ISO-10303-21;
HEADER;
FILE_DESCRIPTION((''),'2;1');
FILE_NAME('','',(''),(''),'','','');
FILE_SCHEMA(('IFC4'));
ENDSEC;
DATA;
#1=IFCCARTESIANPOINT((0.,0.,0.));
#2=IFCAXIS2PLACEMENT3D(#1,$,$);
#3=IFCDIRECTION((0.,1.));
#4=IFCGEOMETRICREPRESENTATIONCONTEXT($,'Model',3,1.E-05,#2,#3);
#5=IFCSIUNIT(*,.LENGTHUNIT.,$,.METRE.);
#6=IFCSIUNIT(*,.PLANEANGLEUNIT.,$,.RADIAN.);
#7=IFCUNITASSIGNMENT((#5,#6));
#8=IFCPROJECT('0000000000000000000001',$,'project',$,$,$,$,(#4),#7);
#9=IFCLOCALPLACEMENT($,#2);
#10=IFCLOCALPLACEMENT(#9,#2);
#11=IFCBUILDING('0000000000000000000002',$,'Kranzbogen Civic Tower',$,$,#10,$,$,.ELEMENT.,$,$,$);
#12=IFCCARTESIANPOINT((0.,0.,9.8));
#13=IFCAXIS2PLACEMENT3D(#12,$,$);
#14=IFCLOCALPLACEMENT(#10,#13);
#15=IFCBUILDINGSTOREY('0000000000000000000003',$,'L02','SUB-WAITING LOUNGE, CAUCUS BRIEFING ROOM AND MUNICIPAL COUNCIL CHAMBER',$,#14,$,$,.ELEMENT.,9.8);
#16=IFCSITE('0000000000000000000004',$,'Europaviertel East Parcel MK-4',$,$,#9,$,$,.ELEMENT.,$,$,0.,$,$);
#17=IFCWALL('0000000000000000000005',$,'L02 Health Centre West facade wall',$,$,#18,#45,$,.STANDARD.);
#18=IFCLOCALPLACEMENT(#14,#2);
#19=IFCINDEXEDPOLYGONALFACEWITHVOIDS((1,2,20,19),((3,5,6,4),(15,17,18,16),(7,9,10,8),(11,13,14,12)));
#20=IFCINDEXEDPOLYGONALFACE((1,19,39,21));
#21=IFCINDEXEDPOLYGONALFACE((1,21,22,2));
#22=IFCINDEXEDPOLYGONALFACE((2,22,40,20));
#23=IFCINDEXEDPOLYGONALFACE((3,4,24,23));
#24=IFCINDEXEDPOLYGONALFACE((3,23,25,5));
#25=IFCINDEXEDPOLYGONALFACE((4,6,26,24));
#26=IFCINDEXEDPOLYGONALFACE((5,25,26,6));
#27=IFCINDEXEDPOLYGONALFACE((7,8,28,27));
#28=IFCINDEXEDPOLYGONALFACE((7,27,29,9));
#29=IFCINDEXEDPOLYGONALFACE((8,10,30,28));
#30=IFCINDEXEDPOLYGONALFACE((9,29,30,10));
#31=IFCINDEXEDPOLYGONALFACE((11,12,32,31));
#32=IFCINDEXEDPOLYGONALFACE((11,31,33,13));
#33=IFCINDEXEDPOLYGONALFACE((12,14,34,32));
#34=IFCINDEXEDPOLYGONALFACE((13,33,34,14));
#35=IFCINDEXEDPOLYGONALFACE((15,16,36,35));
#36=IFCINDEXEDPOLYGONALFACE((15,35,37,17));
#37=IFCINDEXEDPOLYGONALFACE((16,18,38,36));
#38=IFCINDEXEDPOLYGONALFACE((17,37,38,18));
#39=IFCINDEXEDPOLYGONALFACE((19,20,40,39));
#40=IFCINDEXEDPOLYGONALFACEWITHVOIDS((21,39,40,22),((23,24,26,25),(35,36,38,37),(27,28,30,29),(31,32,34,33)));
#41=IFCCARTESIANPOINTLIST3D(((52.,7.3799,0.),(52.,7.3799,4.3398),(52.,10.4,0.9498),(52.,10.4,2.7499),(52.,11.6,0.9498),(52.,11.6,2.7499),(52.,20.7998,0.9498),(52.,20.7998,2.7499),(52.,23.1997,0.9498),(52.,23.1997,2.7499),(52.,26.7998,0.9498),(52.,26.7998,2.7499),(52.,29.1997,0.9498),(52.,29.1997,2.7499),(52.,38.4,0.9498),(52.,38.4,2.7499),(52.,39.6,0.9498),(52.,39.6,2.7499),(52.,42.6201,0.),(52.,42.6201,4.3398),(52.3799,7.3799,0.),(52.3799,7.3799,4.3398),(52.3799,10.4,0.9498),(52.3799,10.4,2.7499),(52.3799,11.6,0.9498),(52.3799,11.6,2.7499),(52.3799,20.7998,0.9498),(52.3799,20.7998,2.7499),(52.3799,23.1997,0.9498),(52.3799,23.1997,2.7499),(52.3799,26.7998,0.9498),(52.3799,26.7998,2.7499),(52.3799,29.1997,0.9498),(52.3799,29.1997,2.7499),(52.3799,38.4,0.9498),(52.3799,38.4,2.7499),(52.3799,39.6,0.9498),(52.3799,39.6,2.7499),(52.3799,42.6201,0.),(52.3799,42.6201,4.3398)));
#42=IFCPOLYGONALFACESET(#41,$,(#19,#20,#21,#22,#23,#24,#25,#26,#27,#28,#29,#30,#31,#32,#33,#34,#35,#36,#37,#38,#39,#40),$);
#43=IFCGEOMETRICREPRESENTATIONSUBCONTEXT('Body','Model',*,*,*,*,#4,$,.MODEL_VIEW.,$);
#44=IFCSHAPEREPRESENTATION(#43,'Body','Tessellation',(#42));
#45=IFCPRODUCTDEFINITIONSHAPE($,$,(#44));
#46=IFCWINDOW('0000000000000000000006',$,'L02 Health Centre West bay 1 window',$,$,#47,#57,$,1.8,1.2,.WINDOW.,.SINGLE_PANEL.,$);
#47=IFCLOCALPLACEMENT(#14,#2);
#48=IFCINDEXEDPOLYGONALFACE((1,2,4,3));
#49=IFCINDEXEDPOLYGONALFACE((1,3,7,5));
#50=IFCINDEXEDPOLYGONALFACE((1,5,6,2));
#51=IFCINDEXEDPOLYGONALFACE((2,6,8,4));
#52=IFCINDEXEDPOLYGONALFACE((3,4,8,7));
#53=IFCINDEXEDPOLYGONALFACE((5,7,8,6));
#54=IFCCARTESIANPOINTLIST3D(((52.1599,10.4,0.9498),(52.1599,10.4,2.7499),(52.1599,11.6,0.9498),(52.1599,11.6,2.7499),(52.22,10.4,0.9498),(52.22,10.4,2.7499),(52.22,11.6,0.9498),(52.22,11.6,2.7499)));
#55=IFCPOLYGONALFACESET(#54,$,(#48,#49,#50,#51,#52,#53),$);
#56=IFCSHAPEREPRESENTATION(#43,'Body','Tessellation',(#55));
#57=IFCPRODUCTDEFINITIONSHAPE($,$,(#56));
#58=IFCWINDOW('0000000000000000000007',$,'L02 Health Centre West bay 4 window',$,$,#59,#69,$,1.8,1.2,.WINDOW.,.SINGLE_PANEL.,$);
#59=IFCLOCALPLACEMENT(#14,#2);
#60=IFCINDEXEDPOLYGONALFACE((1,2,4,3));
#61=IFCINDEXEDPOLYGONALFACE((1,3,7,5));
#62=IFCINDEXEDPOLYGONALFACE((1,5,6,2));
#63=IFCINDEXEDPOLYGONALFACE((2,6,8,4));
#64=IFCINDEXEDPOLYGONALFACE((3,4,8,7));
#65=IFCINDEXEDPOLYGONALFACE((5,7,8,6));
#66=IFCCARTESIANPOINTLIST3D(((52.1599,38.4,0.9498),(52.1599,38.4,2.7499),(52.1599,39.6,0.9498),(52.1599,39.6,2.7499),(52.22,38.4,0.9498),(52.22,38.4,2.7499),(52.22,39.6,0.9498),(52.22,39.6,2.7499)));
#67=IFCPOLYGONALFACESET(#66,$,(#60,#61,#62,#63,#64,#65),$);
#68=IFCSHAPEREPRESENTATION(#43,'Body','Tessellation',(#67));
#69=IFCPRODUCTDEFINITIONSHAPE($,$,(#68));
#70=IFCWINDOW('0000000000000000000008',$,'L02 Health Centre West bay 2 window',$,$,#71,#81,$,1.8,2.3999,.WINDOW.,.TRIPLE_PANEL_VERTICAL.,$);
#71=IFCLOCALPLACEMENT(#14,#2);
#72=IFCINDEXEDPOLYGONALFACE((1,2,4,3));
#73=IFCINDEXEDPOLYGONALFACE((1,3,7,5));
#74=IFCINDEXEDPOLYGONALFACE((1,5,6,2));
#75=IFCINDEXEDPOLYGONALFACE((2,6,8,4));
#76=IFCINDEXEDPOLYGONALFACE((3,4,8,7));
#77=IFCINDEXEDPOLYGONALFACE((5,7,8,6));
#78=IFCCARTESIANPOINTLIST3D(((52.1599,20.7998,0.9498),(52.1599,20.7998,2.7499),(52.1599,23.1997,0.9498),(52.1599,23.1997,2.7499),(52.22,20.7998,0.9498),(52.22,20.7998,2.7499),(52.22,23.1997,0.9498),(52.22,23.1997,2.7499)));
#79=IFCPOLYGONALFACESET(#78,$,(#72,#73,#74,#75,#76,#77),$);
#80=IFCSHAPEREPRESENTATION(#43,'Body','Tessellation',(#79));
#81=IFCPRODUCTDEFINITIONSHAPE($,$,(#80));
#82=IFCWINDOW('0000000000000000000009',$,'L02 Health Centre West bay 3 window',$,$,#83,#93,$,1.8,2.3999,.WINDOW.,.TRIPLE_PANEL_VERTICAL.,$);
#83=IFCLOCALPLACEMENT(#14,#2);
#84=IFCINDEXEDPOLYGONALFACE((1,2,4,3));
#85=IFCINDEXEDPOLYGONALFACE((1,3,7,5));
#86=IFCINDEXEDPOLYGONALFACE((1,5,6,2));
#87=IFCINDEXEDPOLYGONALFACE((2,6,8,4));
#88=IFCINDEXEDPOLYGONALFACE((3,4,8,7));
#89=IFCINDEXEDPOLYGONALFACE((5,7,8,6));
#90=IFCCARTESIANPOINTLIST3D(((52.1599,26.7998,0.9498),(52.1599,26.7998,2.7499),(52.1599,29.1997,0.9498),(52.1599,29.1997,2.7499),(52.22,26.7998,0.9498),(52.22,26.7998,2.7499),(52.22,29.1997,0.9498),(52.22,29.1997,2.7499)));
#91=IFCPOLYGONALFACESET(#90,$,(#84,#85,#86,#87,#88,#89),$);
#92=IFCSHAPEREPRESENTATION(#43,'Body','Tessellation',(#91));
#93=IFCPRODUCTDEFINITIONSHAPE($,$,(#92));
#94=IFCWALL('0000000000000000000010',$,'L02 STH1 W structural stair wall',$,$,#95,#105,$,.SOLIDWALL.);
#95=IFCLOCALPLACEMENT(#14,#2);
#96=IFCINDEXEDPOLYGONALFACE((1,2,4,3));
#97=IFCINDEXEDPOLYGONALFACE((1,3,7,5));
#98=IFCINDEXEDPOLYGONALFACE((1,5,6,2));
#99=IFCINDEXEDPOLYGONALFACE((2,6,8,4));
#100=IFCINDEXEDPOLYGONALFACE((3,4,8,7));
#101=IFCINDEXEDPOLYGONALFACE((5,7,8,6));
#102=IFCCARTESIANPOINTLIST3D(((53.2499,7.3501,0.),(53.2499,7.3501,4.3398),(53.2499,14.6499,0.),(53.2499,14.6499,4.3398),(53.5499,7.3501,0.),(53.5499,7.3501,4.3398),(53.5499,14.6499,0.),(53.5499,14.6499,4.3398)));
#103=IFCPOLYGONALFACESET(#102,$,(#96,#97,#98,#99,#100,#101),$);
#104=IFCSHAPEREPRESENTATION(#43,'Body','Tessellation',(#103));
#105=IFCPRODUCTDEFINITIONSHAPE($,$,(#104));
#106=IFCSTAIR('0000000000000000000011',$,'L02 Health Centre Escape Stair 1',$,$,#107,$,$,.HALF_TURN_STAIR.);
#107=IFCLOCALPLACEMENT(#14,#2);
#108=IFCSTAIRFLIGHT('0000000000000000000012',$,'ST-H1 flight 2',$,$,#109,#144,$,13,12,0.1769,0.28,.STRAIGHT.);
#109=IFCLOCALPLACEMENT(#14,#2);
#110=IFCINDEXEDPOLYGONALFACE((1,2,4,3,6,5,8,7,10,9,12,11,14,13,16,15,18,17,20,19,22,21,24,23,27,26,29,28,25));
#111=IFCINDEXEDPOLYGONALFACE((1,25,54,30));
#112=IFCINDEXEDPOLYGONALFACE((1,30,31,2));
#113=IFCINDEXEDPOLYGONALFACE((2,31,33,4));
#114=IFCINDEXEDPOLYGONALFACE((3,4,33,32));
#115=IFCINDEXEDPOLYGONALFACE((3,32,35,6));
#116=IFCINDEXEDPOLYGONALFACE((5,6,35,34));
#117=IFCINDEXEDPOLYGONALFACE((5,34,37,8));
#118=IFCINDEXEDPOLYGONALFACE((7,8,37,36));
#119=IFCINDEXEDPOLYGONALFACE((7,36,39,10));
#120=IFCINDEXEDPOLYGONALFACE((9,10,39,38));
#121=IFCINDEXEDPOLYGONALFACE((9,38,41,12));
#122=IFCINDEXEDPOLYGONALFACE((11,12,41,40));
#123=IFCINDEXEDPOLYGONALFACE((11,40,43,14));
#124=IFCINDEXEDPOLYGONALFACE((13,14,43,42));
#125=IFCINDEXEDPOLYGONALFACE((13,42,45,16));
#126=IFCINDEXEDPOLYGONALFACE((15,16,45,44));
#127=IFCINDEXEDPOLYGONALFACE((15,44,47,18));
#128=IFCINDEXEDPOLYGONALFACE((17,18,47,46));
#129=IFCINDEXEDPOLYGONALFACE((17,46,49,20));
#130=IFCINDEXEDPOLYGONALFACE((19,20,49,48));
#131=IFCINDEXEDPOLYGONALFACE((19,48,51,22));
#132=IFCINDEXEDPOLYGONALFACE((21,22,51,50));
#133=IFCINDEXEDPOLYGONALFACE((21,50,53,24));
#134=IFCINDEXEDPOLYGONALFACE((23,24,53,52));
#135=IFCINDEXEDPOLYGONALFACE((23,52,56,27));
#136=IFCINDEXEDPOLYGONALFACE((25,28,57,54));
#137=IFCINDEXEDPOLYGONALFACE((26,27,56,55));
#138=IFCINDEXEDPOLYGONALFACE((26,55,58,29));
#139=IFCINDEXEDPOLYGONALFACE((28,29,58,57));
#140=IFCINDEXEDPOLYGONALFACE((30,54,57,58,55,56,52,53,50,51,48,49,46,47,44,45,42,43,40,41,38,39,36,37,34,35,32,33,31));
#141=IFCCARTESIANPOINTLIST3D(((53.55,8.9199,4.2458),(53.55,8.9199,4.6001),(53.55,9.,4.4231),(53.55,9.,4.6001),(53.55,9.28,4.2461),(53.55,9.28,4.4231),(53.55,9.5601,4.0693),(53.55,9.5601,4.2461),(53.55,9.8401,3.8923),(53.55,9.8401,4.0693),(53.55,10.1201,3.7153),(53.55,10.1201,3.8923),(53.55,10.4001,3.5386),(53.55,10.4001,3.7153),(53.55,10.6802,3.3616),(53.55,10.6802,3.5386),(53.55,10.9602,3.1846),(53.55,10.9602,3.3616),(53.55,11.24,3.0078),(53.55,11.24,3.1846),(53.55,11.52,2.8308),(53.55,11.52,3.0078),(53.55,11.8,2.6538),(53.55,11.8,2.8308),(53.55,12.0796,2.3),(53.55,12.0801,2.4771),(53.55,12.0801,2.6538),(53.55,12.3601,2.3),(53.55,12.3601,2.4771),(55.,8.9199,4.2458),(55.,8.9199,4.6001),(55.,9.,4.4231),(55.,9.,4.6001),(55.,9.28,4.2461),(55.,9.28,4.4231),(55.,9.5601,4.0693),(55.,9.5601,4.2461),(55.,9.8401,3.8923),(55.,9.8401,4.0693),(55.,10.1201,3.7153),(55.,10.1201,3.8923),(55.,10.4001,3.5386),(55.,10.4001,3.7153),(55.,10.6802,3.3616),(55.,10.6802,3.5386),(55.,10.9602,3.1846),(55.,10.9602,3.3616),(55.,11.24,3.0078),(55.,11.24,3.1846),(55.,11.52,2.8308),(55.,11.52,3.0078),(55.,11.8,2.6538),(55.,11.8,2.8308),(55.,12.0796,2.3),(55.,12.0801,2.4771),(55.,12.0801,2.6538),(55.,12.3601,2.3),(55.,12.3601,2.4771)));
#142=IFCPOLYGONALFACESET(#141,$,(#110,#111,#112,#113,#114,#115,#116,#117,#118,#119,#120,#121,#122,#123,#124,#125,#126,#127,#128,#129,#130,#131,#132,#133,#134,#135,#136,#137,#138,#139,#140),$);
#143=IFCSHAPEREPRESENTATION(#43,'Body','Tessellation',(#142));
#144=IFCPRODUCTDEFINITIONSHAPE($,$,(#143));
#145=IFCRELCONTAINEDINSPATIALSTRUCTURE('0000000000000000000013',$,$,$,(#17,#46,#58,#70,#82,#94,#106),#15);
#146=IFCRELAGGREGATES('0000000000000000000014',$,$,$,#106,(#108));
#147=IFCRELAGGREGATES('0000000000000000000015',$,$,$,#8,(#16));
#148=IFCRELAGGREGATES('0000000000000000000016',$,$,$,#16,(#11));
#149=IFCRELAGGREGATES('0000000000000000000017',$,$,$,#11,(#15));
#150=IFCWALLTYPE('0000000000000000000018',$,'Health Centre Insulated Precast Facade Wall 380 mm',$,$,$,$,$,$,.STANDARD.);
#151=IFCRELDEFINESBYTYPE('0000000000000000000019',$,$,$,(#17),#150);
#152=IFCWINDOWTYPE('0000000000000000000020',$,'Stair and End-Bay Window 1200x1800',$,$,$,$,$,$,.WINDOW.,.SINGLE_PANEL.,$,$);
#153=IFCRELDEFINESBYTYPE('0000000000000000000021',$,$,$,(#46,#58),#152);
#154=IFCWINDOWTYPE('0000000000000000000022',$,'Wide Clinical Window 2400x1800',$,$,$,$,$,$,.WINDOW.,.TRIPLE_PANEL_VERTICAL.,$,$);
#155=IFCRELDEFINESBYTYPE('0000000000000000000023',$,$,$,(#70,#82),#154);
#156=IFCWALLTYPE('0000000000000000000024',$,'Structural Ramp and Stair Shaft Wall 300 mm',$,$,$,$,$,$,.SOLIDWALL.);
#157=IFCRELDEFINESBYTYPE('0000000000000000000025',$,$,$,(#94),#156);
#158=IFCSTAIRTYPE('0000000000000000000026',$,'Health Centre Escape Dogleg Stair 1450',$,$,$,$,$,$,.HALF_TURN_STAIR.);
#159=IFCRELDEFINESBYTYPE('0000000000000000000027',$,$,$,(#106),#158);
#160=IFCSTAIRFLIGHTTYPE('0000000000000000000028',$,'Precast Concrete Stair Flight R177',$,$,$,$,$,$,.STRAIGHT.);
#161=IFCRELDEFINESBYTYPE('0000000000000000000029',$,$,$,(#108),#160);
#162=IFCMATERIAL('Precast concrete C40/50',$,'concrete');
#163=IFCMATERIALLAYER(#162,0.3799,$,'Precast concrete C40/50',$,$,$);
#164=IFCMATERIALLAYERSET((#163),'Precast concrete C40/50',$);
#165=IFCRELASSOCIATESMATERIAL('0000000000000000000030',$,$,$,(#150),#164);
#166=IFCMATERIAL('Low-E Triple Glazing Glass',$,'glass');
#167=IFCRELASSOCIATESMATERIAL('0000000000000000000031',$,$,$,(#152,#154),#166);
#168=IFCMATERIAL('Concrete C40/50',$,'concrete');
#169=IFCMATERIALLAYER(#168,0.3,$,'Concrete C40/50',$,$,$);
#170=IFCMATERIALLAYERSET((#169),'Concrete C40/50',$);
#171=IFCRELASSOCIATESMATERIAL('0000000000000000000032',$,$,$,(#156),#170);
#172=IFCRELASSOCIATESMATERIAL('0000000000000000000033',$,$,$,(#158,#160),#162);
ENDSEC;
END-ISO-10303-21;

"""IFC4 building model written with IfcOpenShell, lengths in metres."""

from ifc_helpers import new_model, si_unit, direction, frame, frame_2d, origin, place, context, subcontext, project, spatial, polyline, rectangle, outline, extrude, material, layer, layer_set, type_object, element, fill, aggregate, save


model = new_model("IFC4")

# Units and contexts
model_context = context("Model", 3, precision=1e-05, world=origin(), true_north=direction((0.0, 1.0)))
body_context = subcontext(model_context, "Body", "Model", "MODEL_VIEW")
ifc_project = project(units=[si_unit("LENGTHUNIT", "METRE"), si_unit("PLANEANGLEUNIT", "RADIAN")], contexts=[model_context])

# Site, building, storey
site_placement = place(None, origin())
site = spatial("IfcSite", under=ifc_project, at=site_placement, Name="Europaviertel East Parcel MK-4", CompositionType="ELEMENT", RefElevation=0.0)
building_placement = place(site_placement, origin())
building = spatial("IfcBuilding", under=site, at=building_placement, Name="Kranzbogen Civic Tower", CompositionType="ELEMENT")
storey_placement = place(building_placement, frame((0.0, 0.0, 9.8)))
storey = spatial("IfcBuildingStorey", under=building, at=storey_placement, Name="L02", Description="SUB-WAITING LOUNGE, CAUCUS BRIEFING ROOM AND MUNICIPAL COUNCIL CHAMBER", CompositionType="ELEMENT", Elevation=9.8)

# Shared definitions
ifc_material_1 = material(Name="Concrete C40/50", Category="concrete")

# Shared definitions
ifc_material_2 = material(Name="Low-E Triple Glazing Glass", Category="glass")

# Wall, openings, windows
ifc_material_3 = material(Name="Precast concrete C40/50", Category="concrete")
ifc_layer_1 = layer(ifc_material_3, 0.3799, Name="Precast concrete C40/50")
ifc_layer_set_1 = layer_set([ifc_layer_1], Name="Precast concrete C40/50")
wall_type_1 = type_object("IfcWallType", Name="Health Centre Insulated Precast Facade Wall 380 mm", PredefinedType="STANDARD", material=ifc_layer_set_1)
wall_1_placement = place(storey_placement, frame((52.1899, 7.3799, 0.0), z_axis=(0.0, 0.0, 1.0), x_axis=(0.0, 1.0, 0.0)))
wall_1 = element("IfcWall", 1, at=wall_1_placement, inside=storey, type_object=wall_type_1, Name="L02 Health Centre West facade wall", PredefinedType="STANDARD", context=body_context, shape_type="SweptSolid", body=[
    extrude(rectangle(XDim=35.2402, YDim=0.3799, at=frame_2d((17.6201, 0.0))), origin(), (0.0, 0.0, 1.0), 4.3398),
])
opening_1_placement = place(wall_1_placement, frame((3.02, 0.0, 0.95)))
opening_1 = element("IfcOpeningElement", 2, at=opening_1_placement, cuts=wall_1, PredefinedType="OPENING", context=body_context, shape_type="SweptSolid", body=[
    extrude(rectangle(XDim=1.2, YDim=1.8, at=frame_2d((0.6001, 0.8999))), frame((0.0, 0.2, 0.0), z_axis=(0.0, -1.0, 0.0), x_axis=(1.0, 0.0, 0.0)), (0.0, 0.0, 1.0), 0.3999),
])
opening_2_placement = place(wall_1_placement, frame((13.4199, 0.0, 0.95)))
opening_2 = element("IfcOpeningElement", 3, at=opening_2_placement, cuts=wall_1, PredefinedType="OPENING", context=body_context, shape_type="SweptSolid", body=[
    extrude(rectangle(XDim=2.3999, YDim=1.8, at=frame_2d((1.2, 0.8999))), frame((0.0, 0.2, 0.0), z_axis=(0.0, -1.0, 0.0), x_axis=(1.0, 0.0, 0.0)), (0.0, 0.0, 1.0), 0.3999),
])
opening_3_placement = place(wall_1_placement, frame((19.4199, 0.0, 0.95)))
opening_3 = element("IfcOpeningElement", 4, at=opening_3_placement, cuts=wall_1, PredefinedType="OPENING", context=body_context, shape_type="SweptSolid", body=[
    extrude(rectangle(XDim=2.3999, YDim=1.8, at=frame_2d((1.2, 0.8999))), frame((0.0, 0.2, 0.0), z_axis=(0.0, -1.0, 0.0), x_axis=(1.0, 0.0, 0.0)), (0.0, 0.0, 1.0), 0.3999),
])
opening_4_placement = place(wall_1_placement, frame((31.02, 0.0, 0.95)))
opening_4 = element("IfcOpeningElement", 5, at=opening_4_placement, cuts=wall_1, PredefinedType="OPENING", context=body_context, shape_type="SweptSolid", body=[
    extrude(rectangle(XDim=1.2, YDim=1.8, at=frame_2d((0.6001, 0.8999))), frame((0.0, 0.2, 0.0), z_axis=(0.0, -1.0, 0.0), x_axis=(1.0, 0.0, 0.0)), (0.0, 0.0, 1.0), 0.3999),
])
window_type_1 = type_object("IfcWindowType", Name="Stair and End-Bay Window 1200x1800", PartitioningType="SINGLE_PANEL", PredefinedType="WINDOW", material=ifc_material_2)
window_1_placement = place(opening_1_placement, origin())
window_1 = element("IfcWindow", 6, at=window_1_placement, inside=storey, type_object=window_type_1, Name="L02 Health Centre West bay 1 window", OverallHeight=1.8, OverallWidth=1.2, PartitioningType="SINGLE_PANEL", PredefinedType="WINDOW", context=body_context, shape_type="SweptSolid", body=[
    extrude(rectangle(XDim=1.2, YDim=1.8, at=frame_2d((0.6001, 0.8999))), frame((0.0, 0.03, 0.0), z_axis=(0.0, -1.0, 0.0), x_axis=(1.0, 0.0, 0.0)), (0.0, 0.0, 1.0), 0.0601),
])
fill(opening_1, window_1)
window_2_placement = place(opening_4_placement, origin())
window_2 = element("IfcWindow", 7, at=window_2_placement, inside=storey, type_object=window_type_1, Name="L02 Health Centre West bay 4 window", OverallHeight=1.8, OverallWidth=1.2, PartitioningType="SINGLE_PANEL", PredefinedType="WINDOW", context=body_context, shape_type="SweptSolid", body=[
    extrude(rectangle(XDim=1.2, YDim=1.8, at=frame_2d((0.6001, 0.8999))), frame((0.0, 0.03, 0.0), z_axis=(0.0, -1.0, 0.0), x_axis=(1.0, 0.0, 0.0)), (0.0, 0.0, 1.0), 0.0601),
])
fill(opening_4, window_2)
window_type_2 = type_object("IfcWindowType", Name="Wide Clinical Window 2400x1800", PartitioningType="TRIPLE_PANEL_VERTICAL", PredefinedType="WINDOW", material=ifc_material_2)
window_3_placement = place(opening_2_placement, origin())
window_3 = element("IfcWindow", 8, at=window_3_placement, inside=storey, type_object=window_type_2, Name="L02 Health Centre West bay 2 window", OverallHeight=1.8, OverallWidth=2.3999, PartitioningType="TRIPLE_PANEL_VERTICAL", PredefinedType="WINDOW", context=body_context, shape_type="SweptSolid", body=[
    extrude(rectangle(XDim=2.3999, YDim=1.8, at=frame_2d((1.2, 0.8999))), frame((0.0, 0.03, 0.0), z_axis=(0.0, -1.0, 0.0), x_axis=(1.0, 0.0, 0.0)), (0.0, 0.0, 1.0), 0.0601),
])
fill(opening_2, window_3)
window_4_placement = place(opening_3_placement, origin())
window_4 = element("IfcWindow", 9, at=window_4_placement, inside=storey, type_object=window_type_2, Name="L02 Health Centre West bay 3 window", OverallHeight=1.8, OverallWidth=2.3999, PartitioningType="TRIPLE_PANEL_VERTICAL", PredefinedType="WINDOW", context=body_context, shape_type="SweptSolid", body=[
    extrude(rectangle(XDim=2.3999, YDim=1.8, at=frame_2d((1.2, 0.8999))), frame((0.0, 0.03, 0.0), z_axis=(0.0, -1.0, 0.0), x_axis=(1.0, 0.0, 0.0)), (0.0, 0.0, 1.0), 0.0601),
])
fill(opening_3, window_4)

# Wall
ifc_layer_2 = layer(ifc_material_1, 0.3, Name="Concrete C40/50")
ifc_layer_set_2 = layer_set([ifc_layer_2], Name="Concrete C40/50")
wall_type_2 = type_object("IfcWallType", Name="Structural Ramp and Stair Shaft Wall 300 mm", PredefinedType="SOLIDWALL", material=ifc_layer_set_2)
wall_2_placement = place(storey_placement, frame((53.3999, 7.3501, 0.0), z_axis=(0.0, 0.0, 1.0), x_axis=(0.0, 1.0, 0.0)))
element("IfcWall", 10, at=wall_2_placement, inside=storey, type_object=wall_type_2, Name="L02 STH1 W structural stair wall", PredefinedType="SOLIDWALL", context=body_context, shape_type="SweptSolid", body=[
    extrude(rectangle(XDim=7.2998, YDim=0.3, at=frame_2d((3.6499, 0.0))), origin(), (0.0, 0.0, 1.0), 4.3398),
])

# Stair, stair flight
stair_type = type_object("IfcStairType", Name="Health Centre Escape Dogleg Stair 1450", PredefinedType="HALF_TURN_STAIR", material=ifc_material_3)
stair_placement = place(storey_placement, origin())
stair = element("IfcStair", 11, at=stair_placement, inside=storey, type_object=stair_type, Name="L02 Health Centre Escape Stair 1", PredefinedType="HALF_TURN_STAIR")
stair_flight_type = type_object("IfcStairFlightType", Name="Precast Concrete Stair Flight R177", PredefinedType="STRAIGHT", material=ifc_material_3)
stair_flight_placement = place(storey_placement, frame((54.2749, 12.3601, 2.3), z_axis=(0.0, 0.0, 1.0), x_axis=(0.0, -1.0, 0.0)))
stair_flight = element("IfcStairFlight", 12, at=stair_flight_placement, type_object=stair_flight_type, Name="ST-H1 flight 2", NumberOfRisers=13, NumberOfTreads=12, PredefinedType="STRAIGHT", RiserHeight=0.1769, TreadLength=0.28, context=body_context, shape_type="SweptSolid", body=[
    extrude(outline(polyline([(0.0, 0.0), (0.0, 0.177), (0.28, 0.177), (0.28, 0.3538), (0.5601, 0.3538), (0.5601, 0.5308), (0.8401, 0.5308), (0.8401, 0.7078), (1.1201, 0.7078), (1.1201, 0.8845), (1.3999, 0.8845), (1.3999, 1.0615), (1.6799, 1.0615), (1.6799, 1.2385), (1.96, 1.2385), (1.96, 1.4153), (2.24, 1.4153), (2.24, 1.5923), (2.52, 1.5923), (2.52, 1.7693), (2.8, 1.7693), (2.8, 1.946), (3.0801, 1.946), (3.0801, 2.123), (3.3601, 2.123), (3.3601, 2.3), (3.4402, 2.3), (3.4402, 1.9458), (0.2805, 0.0), (0.0, 0.0)])), frame((0.0, 0.7251, 0.0), z_axis=(0.0, -1.0, 0.0), x_axis=(1.0, 0.0, 0.0)), (0.0, 0.0, 1.0), 1.45),
])
aggregate(stair, [stair_flight])

save(model, "model.ifc")
